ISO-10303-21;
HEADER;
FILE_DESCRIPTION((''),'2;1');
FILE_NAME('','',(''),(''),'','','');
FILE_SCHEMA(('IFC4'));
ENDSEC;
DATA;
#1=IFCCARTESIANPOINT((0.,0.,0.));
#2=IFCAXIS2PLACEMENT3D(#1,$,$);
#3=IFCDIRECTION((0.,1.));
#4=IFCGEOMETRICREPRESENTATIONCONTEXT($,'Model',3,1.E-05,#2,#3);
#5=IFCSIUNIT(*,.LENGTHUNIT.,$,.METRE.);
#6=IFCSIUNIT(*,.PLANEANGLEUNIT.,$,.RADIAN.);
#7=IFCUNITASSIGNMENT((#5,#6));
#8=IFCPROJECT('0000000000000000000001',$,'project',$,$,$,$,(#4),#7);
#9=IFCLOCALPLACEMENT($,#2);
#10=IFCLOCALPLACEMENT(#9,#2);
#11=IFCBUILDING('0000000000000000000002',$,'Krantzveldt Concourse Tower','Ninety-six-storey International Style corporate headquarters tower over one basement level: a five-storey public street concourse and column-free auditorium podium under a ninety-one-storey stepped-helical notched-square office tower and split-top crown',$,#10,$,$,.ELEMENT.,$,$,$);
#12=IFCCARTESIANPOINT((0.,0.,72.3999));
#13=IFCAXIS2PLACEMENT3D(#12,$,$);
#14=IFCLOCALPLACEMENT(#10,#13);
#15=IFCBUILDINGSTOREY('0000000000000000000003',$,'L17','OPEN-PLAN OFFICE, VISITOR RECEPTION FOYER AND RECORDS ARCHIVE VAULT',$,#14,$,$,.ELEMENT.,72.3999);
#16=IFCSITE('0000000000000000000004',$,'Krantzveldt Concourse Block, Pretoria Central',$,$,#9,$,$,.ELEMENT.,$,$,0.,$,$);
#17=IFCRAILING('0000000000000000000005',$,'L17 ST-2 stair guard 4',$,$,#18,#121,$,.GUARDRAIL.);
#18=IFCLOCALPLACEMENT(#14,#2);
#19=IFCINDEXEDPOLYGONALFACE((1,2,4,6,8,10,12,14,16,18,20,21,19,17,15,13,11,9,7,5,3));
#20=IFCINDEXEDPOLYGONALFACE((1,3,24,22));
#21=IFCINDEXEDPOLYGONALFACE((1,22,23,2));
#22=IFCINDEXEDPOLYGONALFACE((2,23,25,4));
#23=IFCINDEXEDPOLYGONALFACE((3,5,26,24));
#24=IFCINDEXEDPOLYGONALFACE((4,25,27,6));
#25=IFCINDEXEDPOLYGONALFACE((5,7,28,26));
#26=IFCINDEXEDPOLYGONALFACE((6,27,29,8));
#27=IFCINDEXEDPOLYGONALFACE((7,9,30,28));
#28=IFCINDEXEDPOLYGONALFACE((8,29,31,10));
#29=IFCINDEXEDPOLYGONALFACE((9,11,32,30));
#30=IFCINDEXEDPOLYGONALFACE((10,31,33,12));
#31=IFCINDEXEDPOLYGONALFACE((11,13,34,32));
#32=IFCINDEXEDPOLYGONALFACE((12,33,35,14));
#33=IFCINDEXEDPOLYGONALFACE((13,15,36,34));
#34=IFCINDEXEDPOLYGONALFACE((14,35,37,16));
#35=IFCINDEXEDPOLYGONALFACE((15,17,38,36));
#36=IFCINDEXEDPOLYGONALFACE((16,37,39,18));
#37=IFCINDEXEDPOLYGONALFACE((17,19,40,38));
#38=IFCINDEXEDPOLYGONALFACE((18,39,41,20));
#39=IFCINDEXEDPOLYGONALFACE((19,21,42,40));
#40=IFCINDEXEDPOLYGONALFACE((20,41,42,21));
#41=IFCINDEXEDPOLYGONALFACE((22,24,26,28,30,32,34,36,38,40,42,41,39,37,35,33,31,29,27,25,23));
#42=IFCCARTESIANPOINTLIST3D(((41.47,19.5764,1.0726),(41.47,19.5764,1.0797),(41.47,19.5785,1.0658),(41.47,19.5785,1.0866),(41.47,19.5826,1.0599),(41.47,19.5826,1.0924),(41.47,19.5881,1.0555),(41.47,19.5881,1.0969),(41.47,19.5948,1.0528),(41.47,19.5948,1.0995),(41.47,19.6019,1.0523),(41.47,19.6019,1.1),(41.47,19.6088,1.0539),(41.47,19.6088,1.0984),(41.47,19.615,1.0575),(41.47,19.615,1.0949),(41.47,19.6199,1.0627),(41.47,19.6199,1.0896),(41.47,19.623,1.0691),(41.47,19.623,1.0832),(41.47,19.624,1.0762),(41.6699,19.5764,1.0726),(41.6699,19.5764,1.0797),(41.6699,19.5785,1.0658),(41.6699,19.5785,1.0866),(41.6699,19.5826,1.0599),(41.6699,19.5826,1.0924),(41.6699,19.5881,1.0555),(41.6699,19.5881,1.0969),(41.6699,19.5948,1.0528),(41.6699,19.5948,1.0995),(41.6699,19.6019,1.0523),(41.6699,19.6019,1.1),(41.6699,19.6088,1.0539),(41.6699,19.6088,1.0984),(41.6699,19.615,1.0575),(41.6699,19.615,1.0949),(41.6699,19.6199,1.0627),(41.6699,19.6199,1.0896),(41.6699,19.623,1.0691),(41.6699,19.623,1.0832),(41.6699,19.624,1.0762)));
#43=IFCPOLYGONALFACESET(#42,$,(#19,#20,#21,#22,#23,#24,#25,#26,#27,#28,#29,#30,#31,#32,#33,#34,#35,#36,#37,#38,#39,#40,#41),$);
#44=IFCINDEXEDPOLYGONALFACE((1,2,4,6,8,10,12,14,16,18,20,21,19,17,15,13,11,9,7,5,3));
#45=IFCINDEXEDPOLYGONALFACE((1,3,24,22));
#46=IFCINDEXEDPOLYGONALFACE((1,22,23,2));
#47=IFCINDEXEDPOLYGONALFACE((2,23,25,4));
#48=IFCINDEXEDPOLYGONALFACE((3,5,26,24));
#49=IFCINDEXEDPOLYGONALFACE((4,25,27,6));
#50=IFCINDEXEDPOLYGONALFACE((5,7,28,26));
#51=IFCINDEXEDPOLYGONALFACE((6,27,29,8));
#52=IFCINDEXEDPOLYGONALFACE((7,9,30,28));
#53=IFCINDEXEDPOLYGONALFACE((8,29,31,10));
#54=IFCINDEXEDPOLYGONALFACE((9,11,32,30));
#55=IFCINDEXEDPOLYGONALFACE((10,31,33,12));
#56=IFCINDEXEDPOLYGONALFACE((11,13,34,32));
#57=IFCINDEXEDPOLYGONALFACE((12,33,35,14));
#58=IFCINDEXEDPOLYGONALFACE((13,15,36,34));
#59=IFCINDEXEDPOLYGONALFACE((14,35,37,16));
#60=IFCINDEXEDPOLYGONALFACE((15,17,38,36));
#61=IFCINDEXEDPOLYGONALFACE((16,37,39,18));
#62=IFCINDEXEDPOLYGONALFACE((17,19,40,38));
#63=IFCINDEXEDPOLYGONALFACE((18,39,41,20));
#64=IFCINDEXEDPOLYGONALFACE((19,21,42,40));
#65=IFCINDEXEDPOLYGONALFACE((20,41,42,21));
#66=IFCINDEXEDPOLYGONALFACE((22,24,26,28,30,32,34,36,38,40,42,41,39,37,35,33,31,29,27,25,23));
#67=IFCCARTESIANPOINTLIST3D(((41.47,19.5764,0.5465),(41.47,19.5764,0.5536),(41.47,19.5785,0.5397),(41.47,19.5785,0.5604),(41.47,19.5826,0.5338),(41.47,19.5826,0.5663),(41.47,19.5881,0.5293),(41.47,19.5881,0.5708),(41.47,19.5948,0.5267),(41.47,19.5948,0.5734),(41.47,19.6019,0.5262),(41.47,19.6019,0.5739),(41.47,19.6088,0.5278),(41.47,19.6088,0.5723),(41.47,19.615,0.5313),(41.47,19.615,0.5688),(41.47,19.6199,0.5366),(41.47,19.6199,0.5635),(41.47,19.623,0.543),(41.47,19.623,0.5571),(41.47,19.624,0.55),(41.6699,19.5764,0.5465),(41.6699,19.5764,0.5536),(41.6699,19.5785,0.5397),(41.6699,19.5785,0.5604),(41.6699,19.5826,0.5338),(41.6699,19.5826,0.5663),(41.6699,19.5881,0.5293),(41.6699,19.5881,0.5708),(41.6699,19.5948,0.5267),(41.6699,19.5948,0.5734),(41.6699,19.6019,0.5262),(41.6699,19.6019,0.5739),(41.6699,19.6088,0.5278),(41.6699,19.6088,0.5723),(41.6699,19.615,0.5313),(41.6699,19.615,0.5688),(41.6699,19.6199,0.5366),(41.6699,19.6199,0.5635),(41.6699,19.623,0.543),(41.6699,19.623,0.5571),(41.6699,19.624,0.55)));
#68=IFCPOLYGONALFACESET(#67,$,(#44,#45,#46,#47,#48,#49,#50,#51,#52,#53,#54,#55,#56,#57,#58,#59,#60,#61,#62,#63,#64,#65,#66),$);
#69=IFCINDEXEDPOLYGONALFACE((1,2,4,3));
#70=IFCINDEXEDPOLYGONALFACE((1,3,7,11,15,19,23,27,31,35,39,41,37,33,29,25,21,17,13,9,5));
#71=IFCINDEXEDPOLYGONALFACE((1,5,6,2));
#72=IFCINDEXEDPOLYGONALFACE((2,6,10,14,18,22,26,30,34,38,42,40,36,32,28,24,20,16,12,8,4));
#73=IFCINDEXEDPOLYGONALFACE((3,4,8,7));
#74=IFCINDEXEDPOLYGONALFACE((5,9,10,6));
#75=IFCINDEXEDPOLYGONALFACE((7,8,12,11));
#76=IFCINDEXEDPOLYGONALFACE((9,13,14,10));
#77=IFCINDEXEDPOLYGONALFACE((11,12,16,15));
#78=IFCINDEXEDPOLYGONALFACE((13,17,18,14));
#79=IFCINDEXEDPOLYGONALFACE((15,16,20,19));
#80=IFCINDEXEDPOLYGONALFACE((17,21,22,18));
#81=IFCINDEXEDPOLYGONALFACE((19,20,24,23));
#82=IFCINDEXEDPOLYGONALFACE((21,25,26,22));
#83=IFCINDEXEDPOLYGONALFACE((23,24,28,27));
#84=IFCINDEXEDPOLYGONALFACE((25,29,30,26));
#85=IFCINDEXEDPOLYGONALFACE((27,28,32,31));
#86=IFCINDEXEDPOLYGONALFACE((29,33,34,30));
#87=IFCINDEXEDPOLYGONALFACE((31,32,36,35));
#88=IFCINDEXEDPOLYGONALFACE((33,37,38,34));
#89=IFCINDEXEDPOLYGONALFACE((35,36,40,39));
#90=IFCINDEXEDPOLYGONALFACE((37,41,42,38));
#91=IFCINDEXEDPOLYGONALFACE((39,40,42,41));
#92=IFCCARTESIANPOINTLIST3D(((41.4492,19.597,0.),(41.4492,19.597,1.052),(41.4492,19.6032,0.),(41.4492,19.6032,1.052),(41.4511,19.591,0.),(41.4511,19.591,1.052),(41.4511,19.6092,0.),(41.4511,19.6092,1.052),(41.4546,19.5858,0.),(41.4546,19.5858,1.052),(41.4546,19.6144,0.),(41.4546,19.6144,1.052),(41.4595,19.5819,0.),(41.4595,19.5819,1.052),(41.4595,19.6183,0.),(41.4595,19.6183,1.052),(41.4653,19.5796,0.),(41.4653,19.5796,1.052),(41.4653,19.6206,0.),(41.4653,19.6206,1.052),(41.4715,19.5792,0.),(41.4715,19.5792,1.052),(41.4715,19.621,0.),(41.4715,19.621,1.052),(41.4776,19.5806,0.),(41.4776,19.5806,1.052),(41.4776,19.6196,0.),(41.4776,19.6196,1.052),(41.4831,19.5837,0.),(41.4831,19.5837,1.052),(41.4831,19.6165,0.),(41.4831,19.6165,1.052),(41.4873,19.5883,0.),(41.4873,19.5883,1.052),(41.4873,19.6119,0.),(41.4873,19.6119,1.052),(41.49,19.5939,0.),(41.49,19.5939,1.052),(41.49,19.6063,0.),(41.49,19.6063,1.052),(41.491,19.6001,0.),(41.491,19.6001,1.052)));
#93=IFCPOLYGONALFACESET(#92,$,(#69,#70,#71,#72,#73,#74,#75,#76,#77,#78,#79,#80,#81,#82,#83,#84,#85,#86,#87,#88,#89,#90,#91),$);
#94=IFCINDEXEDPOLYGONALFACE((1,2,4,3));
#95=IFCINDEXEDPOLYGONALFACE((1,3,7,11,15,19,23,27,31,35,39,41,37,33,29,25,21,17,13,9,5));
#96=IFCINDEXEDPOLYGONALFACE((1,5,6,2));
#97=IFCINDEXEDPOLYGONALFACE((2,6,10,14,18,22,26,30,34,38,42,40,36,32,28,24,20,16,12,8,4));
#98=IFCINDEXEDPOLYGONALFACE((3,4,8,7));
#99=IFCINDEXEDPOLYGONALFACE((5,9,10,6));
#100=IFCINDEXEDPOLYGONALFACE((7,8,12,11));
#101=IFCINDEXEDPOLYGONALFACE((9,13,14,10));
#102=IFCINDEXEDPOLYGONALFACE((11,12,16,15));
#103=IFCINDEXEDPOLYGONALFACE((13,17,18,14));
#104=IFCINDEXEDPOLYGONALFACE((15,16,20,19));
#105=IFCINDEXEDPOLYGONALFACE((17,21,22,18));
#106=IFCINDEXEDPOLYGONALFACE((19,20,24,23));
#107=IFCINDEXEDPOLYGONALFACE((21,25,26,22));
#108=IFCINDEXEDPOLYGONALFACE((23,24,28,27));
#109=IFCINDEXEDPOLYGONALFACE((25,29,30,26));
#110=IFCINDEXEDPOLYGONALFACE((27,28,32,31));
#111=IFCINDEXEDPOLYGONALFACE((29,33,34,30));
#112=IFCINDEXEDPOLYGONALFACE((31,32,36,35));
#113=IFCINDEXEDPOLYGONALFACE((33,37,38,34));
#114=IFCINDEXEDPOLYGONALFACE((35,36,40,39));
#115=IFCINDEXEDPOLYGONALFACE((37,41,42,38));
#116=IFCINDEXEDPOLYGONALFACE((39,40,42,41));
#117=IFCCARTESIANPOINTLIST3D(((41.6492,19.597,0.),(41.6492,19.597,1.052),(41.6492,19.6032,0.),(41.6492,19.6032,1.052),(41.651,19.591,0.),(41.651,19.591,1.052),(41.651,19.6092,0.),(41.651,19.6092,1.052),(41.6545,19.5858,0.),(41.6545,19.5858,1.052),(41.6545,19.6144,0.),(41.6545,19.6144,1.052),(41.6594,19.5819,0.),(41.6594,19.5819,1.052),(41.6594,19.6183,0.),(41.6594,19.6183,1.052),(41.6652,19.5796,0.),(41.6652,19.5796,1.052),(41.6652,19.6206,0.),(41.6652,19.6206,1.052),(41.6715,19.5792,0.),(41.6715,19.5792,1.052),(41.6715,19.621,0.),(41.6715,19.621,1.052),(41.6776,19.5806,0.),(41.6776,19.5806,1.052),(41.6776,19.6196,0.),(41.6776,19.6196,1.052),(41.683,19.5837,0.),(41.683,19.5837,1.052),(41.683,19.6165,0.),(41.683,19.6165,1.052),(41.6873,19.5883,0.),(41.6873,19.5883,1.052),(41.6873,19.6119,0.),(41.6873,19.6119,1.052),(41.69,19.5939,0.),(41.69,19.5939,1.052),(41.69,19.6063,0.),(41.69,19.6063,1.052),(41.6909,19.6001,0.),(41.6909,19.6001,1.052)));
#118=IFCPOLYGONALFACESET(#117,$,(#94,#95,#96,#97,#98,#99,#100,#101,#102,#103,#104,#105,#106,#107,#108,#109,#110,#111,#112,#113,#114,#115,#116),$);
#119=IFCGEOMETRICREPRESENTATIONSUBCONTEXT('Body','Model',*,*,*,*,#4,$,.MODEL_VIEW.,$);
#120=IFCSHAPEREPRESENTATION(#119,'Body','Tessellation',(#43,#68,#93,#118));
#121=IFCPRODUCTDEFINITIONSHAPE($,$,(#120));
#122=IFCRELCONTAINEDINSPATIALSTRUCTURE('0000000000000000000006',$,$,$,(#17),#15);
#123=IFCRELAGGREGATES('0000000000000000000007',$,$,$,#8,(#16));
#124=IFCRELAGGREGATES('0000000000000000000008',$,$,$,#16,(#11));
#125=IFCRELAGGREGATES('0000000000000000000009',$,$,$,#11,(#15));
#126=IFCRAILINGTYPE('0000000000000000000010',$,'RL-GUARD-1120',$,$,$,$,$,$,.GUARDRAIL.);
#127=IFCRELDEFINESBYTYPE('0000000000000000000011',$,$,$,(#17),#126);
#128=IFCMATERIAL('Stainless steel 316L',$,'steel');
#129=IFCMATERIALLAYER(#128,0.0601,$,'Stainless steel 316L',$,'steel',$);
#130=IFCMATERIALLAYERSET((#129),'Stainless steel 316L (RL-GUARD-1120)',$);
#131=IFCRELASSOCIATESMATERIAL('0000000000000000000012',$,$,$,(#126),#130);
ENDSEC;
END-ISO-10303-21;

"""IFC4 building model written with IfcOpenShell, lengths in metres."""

from ifc_helpers import new_model, si_unit, direction, frame, origin, origin_2d, place, context, subcontext, project, spatial, circle, extrude, material, layer, layer_set, type_object, element, save


model = new_model("IFC4")

# Units and contexts
model_context = context("Model", 3, precision=1e-05, world=origin(), true_north=direction((0.0, 1.0)))
body_context = subcontext(model_context, "Body", "Model", "MODEL_VIEW")
ifc_project = project(units=[si_unit("LENGTHUNIT", "METRE"), si_unit("PLANEANGLEUNIT", "RADIAN")], contexts=[model_context])

# Site, building, storey
site_placement = place(None, origin())
site = spatial("IfcSite", under=ifc_project, at=site_placement, Name="Krantzveldt Concourse Block, Pretoria Central", CompositionType="ELEMENT", RefElevation=0.0)
building_placement = place(site_placement, origin())
building = spatial("IfcBuilding", under=site, at=building_placement, Name="Krantzveldt Concourse Tower", Description="Ninety-six-storey International Style corporate headquarters tower over one basement level: a five-storey public street concourse and column-free auditorium podium under a ninety-one-storey stepped-helical notched-square office tower and split-top crown", CompositionType="ELEMENT")
storey_placement = place(building_placement, frame((0.0, 0.0, 72.3999)))
storey = spatial("IfcBuildingStorey", under=building, at=storey_placement, Name="L17", Description="OPEN-PLAN OFFICE, VISITOR RECEPTION FOYER AND RECORDS ARCHIVE VAULT", CompositionType="ELEMENT", Elevation=72.3999)

# Shared definitions
ifc_material_1 = material(Name="Stainless steel 316L", Category="steel")

# Railing
ifc_layer_1 = layer(ifc_material_1, 0.0601, Name="Stainless steel 316L", Category="steel")
ifc_layer_set_1 = layer_set([ifc_layer_1], Name="Stainless steel 316L (RL-GUARD-1120)")
railing_type_1 = type_object("IfcRailingType", Name="RL-GUARD-1120", PredefinedType="GUARDRAIL", material=ifc_layer_set_1)
railing_1_placement = place(storey_placement, frame((41.47, 19.6001, 0.0)))
element("IfcRailing", 1, at=railing_1_placement, inside=storey, type_object=railing_type_1, Name="L17 ST-2 stair guard 4", PredefinedType="GUARDRAIL", context=body_context, shape_type="SweptSolid", body=[
    extrude(circle(Radius=0.0239, at=origin_2d()), frame((0.0, 0.0, 1.0762), z_axis=(1.0, 0.0, 0.0), x_axis=(0.0, 1.0, 0.0)), (0.0, 0.0, 1.0), 0.2),
    extrude(circle(Radius=0.0239, at=origin_2d()), frame((0.0, 0.0, 0.55), z_axis=(1.0, 0.0, 0.0), x_axis=(0.0, 1.0, 0.0)), (0.0, 0.0, 1.0), 0.2),
    extrude(circle(Radius=0.021, at=origin_2d()), origin(), (0.0, 0.0, 1.0), 1.052),
    extrude(circle(Radius=0.021, at=origin_2d()), frame((0.2, 0.0, 0.0)), (0.0, 0.0, 1.0), 1.052),
])

save(model, "model.ifc")
